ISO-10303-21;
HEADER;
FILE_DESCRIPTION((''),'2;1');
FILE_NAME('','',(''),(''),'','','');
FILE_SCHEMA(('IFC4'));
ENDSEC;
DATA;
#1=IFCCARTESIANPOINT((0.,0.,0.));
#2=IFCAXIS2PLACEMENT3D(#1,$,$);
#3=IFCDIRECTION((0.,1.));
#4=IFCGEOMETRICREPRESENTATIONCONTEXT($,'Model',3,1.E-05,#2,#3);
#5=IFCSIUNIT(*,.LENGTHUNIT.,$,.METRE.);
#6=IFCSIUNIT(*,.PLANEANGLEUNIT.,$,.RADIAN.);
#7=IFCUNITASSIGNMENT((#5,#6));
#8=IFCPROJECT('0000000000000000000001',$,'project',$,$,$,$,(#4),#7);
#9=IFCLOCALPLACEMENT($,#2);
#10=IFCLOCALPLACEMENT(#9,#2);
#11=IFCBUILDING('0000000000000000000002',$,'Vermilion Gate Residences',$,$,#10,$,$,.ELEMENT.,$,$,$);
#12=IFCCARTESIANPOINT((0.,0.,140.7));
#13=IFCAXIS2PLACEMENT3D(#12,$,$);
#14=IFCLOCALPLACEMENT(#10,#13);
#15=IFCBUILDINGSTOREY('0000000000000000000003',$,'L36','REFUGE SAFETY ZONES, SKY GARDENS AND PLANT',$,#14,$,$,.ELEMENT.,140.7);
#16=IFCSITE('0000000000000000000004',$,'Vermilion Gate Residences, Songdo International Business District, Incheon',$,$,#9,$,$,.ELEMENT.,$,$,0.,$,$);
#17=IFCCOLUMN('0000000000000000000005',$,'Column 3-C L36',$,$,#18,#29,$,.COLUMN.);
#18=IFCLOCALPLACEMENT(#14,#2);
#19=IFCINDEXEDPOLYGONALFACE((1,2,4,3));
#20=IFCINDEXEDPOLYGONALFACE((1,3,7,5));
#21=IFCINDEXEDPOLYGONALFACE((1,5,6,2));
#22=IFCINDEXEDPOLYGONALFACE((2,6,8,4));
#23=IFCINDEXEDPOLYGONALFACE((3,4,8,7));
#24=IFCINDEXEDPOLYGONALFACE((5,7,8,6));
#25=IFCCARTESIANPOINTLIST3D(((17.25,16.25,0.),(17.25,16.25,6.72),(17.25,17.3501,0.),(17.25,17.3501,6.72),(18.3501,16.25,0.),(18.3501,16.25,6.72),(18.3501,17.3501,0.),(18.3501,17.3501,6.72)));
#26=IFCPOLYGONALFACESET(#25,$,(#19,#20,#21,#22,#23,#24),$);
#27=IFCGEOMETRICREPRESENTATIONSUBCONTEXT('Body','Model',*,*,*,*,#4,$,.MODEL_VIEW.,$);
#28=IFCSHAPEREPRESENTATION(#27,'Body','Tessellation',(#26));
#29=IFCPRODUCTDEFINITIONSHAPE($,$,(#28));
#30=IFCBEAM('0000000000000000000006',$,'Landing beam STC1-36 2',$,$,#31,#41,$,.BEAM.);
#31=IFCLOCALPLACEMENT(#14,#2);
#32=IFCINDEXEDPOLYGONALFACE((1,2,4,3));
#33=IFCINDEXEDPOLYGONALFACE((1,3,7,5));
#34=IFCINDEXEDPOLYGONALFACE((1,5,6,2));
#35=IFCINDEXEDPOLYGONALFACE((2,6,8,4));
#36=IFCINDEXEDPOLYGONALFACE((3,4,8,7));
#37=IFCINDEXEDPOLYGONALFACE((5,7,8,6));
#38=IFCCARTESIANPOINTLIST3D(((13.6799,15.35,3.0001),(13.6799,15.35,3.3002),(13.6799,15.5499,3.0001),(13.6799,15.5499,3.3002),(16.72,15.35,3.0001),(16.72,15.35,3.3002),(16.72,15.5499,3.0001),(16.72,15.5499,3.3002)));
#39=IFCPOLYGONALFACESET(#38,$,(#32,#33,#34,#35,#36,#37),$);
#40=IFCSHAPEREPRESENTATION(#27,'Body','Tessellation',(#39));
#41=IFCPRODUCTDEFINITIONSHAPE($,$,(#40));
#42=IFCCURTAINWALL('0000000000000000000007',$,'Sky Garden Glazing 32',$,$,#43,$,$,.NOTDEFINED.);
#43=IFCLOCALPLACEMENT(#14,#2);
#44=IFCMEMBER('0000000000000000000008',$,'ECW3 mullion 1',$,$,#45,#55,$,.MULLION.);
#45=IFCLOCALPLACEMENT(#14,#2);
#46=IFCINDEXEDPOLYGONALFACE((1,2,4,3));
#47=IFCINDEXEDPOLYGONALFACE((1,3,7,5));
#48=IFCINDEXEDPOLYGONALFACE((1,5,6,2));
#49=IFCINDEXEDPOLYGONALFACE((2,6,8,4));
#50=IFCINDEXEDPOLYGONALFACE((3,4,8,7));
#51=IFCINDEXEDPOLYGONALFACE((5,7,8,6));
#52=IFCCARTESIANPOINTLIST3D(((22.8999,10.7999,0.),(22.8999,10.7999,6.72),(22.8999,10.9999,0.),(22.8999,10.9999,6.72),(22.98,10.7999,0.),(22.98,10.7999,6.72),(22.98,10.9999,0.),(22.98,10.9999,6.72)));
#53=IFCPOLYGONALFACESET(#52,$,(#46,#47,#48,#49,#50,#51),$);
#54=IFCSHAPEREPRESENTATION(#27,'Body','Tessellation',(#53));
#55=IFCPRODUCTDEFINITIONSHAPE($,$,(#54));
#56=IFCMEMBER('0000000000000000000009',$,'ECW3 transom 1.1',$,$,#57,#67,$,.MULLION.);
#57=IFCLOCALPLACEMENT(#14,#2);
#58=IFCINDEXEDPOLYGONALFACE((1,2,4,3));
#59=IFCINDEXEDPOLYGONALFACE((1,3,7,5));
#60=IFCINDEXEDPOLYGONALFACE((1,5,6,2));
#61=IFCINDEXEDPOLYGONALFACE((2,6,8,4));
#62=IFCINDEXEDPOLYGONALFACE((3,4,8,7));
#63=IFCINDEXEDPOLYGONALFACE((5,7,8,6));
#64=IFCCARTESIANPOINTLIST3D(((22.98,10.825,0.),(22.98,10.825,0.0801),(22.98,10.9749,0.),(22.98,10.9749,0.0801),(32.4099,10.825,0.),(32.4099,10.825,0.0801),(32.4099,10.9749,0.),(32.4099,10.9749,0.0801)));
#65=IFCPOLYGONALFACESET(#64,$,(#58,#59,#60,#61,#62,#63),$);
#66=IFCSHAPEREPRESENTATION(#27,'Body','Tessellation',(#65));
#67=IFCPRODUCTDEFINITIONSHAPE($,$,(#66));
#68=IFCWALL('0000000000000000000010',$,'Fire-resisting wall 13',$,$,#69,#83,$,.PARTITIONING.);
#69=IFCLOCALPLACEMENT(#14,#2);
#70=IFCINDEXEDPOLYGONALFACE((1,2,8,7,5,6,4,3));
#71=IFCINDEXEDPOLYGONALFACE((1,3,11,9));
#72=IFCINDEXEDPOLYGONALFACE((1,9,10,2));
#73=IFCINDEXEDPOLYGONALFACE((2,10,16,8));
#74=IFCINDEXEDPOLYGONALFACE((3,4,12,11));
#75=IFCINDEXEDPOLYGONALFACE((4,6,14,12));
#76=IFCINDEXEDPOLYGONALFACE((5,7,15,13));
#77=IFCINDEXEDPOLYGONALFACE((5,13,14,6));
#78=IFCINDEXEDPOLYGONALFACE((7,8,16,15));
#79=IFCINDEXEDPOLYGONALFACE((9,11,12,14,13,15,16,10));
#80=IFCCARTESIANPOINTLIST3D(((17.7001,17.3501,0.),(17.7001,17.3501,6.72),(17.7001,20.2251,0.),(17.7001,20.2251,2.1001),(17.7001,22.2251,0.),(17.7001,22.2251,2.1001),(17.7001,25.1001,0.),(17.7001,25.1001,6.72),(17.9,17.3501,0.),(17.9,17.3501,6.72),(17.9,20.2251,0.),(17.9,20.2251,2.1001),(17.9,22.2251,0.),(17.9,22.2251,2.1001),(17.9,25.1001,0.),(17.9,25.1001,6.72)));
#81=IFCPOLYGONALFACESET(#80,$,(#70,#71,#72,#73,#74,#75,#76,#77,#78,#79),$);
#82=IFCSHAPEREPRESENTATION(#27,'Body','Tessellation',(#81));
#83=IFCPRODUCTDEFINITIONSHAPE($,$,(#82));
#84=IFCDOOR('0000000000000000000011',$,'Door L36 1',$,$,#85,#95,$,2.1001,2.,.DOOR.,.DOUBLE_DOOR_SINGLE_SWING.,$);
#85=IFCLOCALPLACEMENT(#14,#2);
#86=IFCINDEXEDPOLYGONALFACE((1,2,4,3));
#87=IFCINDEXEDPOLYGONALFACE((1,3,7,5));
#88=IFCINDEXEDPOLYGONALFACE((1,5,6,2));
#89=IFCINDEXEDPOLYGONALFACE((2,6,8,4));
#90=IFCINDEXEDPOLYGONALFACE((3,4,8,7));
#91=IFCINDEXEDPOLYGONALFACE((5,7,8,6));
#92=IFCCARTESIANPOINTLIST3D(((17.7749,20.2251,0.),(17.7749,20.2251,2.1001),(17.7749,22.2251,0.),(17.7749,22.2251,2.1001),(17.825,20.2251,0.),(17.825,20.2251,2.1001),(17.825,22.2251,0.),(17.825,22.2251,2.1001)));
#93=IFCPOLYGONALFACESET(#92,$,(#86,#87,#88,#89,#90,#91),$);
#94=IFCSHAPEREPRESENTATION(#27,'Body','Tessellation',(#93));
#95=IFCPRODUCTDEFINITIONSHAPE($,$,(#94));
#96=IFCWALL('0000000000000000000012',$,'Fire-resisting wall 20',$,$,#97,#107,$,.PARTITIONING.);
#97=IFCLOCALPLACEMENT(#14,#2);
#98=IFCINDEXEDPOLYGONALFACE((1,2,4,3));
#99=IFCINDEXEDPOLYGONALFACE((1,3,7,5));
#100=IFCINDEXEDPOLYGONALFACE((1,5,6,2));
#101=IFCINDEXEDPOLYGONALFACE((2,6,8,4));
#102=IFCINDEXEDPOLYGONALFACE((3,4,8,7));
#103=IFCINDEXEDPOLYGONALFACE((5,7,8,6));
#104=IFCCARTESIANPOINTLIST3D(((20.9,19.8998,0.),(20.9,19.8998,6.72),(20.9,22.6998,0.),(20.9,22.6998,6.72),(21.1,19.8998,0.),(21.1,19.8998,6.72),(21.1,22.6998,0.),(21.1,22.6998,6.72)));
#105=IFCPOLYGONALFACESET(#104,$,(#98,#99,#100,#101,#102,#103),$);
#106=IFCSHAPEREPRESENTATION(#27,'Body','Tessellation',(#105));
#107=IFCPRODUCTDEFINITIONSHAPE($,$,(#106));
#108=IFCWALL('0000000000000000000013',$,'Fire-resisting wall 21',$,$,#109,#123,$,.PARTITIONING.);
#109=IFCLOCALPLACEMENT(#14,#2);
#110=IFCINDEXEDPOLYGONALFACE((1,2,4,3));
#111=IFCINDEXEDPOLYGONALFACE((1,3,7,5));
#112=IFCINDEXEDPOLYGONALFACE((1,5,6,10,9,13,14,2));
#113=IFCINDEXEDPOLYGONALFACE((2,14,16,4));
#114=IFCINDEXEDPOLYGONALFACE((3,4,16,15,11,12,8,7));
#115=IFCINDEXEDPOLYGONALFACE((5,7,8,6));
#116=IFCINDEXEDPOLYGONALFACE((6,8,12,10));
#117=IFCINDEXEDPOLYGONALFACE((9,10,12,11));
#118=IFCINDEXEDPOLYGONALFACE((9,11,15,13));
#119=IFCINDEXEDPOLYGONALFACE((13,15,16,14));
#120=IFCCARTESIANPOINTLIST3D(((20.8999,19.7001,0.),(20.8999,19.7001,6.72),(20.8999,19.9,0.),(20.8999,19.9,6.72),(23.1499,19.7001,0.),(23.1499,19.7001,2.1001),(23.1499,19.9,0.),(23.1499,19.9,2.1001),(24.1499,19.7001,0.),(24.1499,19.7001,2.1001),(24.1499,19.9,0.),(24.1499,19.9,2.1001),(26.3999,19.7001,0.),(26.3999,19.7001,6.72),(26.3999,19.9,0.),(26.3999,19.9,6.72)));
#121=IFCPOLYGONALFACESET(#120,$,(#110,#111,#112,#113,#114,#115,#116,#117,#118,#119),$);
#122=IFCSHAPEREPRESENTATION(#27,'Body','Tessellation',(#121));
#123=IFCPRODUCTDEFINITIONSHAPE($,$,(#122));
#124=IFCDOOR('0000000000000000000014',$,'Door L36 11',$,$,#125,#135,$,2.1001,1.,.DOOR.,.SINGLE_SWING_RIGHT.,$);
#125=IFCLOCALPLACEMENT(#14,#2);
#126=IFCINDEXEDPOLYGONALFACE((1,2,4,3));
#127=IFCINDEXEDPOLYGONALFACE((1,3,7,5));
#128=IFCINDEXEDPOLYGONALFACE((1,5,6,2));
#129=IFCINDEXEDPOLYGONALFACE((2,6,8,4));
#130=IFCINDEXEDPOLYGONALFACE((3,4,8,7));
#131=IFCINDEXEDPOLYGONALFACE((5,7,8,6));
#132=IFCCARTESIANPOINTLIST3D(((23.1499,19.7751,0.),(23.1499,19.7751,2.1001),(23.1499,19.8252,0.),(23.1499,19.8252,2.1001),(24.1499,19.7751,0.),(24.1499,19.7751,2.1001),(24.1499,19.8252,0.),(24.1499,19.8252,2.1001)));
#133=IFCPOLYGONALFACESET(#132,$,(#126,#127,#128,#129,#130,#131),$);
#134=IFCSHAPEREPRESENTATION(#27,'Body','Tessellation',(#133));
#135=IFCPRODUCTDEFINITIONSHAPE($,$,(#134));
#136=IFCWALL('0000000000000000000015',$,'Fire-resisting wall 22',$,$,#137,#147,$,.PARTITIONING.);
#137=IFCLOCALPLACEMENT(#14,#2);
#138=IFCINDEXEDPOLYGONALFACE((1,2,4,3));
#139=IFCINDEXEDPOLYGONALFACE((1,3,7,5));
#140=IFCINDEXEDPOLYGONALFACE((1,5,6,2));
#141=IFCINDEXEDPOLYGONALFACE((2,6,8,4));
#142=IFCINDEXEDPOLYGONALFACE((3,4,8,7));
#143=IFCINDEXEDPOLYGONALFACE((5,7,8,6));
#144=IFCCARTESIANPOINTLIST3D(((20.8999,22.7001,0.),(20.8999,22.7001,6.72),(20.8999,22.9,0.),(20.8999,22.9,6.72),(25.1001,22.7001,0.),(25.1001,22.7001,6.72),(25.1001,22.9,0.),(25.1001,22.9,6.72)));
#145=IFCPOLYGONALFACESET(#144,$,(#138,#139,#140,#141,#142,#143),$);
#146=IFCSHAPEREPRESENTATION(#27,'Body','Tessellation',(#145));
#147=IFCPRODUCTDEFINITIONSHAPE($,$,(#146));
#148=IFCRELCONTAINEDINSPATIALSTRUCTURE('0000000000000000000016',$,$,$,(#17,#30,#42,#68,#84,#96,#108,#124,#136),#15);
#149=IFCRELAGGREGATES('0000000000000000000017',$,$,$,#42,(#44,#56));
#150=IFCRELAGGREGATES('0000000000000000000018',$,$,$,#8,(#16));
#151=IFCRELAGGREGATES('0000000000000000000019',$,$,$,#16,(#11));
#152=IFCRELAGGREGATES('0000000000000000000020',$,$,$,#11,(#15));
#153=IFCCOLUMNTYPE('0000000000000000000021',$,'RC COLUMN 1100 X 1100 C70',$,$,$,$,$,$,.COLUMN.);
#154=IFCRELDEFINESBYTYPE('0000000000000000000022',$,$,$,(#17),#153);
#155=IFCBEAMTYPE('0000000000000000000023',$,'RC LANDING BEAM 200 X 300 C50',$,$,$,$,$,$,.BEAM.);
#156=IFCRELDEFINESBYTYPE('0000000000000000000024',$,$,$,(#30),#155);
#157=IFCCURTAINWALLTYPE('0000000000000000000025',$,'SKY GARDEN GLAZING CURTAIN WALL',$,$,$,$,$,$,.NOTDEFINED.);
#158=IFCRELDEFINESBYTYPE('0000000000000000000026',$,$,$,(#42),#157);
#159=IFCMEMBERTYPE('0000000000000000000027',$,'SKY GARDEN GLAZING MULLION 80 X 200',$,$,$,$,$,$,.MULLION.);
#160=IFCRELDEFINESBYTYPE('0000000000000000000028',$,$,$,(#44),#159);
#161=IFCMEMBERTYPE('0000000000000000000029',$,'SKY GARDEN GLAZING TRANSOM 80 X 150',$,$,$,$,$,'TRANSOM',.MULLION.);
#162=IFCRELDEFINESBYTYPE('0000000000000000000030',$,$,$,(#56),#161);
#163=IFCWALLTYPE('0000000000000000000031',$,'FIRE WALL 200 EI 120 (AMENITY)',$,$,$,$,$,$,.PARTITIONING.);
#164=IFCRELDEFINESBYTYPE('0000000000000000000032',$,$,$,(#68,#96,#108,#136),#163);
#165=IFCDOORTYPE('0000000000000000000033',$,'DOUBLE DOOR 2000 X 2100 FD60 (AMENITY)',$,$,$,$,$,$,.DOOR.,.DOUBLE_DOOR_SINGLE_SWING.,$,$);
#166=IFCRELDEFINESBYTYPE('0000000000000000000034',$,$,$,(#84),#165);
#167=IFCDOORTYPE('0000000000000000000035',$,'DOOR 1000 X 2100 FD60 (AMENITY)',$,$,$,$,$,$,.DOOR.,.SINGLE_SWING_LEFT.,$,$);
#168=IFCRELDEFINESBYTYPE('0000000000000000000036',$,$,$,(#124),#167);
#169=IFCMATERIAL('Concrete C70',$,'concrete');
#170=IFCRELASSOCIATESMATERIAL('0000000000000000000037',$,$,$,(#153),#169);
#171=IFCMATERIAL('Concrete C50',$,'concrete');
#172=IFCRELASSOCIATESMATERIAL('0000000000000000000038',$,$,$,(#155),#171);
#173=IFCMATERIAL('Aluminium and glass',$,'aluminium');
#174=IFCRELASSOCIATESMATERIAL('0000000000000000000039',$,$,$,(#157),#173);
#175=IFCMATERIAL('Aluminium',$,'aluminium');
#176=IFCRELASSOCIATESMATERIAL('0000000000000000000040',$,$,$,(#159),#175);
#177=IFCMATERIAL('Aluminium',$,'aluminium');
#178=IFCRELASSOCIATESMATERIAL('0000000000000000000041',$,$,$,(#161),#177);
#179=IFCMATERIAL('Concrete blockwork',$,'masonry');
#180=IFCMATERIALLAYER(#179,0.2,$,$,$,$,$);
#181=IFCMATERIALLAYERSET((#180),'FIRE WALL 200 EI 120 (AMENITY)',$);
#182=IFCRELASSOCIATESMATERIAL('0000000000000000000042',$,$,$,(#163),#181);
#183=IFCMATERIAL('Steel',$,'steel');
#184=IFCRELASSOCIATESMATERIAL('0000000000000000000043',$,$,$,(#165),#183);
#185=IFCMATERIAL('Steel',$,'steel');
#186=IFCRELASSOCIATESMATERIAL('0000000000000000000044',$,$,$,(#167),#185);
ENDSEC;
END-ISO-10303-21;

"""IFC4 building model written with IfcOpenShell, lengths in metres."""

from ifc_helpers import new_model, si_unit, direction, frame, frame_2d, origin, origin_2d, place, context, subcontext, project, spatial, rectangle, extrude, material, layer, layer_set, material_profile, profile_set, type_object, element, fill, aggregate, save


model = new_model("IFC4")

# Units and contexts
model_context = context("Model", 3, precision=1e-05, world=origin(), true_north=direction((0.0, 1.0)))
body_context = subcontext(model_context, "Body", "Model", "MODEL_VIEW")
ifc_project = project(units=[si_unit("LENGTHUNIT", "METRE"), si_unit("PLANEANGLEUNIT", "RADIAN")], contexts=[model_context])

# Site, building, storey
site_placement = place(None, origin())
site = spatial("IfcSite", under=ifc_project, at=site_placement, Name="Vermilion Gate Residences, Songdo International Business District, Incheon", CompositionType="ELEMENT", RefElevation=0.0)
building_placement = place(site_placement, origin())
building = spatial("IfcBuilding", under=site, at=building_placement, Name="Vermilion Gate Residences", CompositionType="ELEMENT")
storey_placement = place(building_placement, frame((0.0, 0.0, 140.7)))
storey = spatial("IfcBuildingStorey", under=building, at=storey_placement, Name="L36", Description="REFUGE SAFETY ZONES, SKY GARDENS AND PLANT", CompositionType="ELEMENT", Elevation=140.7)

# Column
ifc_material_1 = material(Name="Concrete C70", Category="concrete")
ifc_material_profile_1 = material_profile(ifc_material_1, rectangle(XDim=1.1001, YDim=1.1001, at=origin_2d()), Name="RC-1100x1100")
ifc_profile_set_1 = profile_set([ifc_material_profile_1], Name="Concrete C70")
column_type = type_object("IfcColumnType", Name="RC COLUMN 1100 X 1100 C70", PredefinedType="COLUMN", material=ifc_profile_set_1)
column_placement = place(storey_placement, frame((17.8, 16.8, 0.0), z_axis=(0.0, 0.0, 1.0), x_axis=(1.0, 0.0, 0.0)))
element("IfcColumn", 1, at=column_placement, inside=storey, type_object=column_type, Name="Column 3-C L36", PredefinedType="COLUMN", context=body_context, shape_type="SweptSolid", body=[
    extrude(rectangle(XDim=1.1001, YDim=1.1001, at=origin_2d()), origin(), (0.0, 0.0, 1.0), 6.72),
])

# Beam
ifc_material_2 = material(Name="Concrete C50", Category="concrete")
ifc_material_profile_2 = material_profile(ifc_material_2, rectangle(XDim=0.2, YDim=0.3, at=origin_2d()), Name="RC-200x300")
ifc_profile_set_2 = profile_set([ifc_material_profile_2], Name="Concrete C50")
beam_type = type_object("IfcBeamType", Name="RC LANDING BEAM 200 X 300 C50", PredefinedType="BEAM", material=ifc_profile_set_2)
beam_placement = place(storey_placement, frame((13.6799, 15.45, 3.1501), z_axis=(1.0, 0.0, 0.0), x_axis=(0.0, 1.0, 0.0)))
element("IfcBeam", 2, at=beam_placement, inside=storey, type_object=beam_type, Name="Landing beam STC1-36 2", PredefinedType="BEAM", context=body_context, shape_type="SweptSolid", body=[
    extrude(rectangle(XDim=0.2, YDim=0.3, at=origin_2d()), origin(), (0.0, 0.0, 1.0), 3.04),
])

# Curtain wall, members
ifc_material_3 = material(Name="Aluminium and glass", Category="aluminium")
curtain_wall_type = type_object("IfcCurtainWallType", Name="SKY GARDEN GLAZING CURTAIN WALL", PredefinedType="NOTDEFINED", material=ifc_material_3)
curtain_wall_placement = place(storey_placement, origin())
curtain_wall = element("IfcCurtainWall", 3, at=curtain_wall_placement, inside=storey, type_object=curtain_wall_type, Name="Sky Garden Glazing 32", PredefinedType="NOTDEFINED")
ifc_material_4 = material(Name="Aluminium", Category="aluminium")
ifc_material_profile_3 = material_profile(ifc_material_4, rectangle(XDim=0.2, YDim=0.0801, at=origin_2d()), Name="MULLION 80 X 200")
ifc_profile_set_3 = profile_set([ifc_material_profile_3], Name="Aluminium")
member_type_1 = type_object("IfcMemberType", Name="SKY GARDEN GLAZING MULLION 80 X 200", PredefinedType="MULLION", material=ifc_profile_set_3)
member_1_placement = place(storey_placement, frame((22.9399, 10.8999, 0.0), z_axis=(0.0, 0.0, 1.0), x_axis=(0.0, 1.0, 0.0)))
member_1 = element("IfcMember", 4, at=member_1_placement, type_object=member_type_1, Name="ECW3 mullion 1", PredefinedType="MULLION", context=body_context, shape_type="SweptSolid", body=[
    extrude(rectangle(XDim=0.2, YDim=0.0801, at=origin_2d()), origin(), (0.0, 0.0, 1.0), 6.72),
])
ifc_material_5 = material(Name="Aluminium", Category="aluminium")
ifc_material_profile_4 = material_profile(ifc_material_5, rectangle(XDim=0.1499, YDim=0.0801, at=origin_2d()), Name="TRANSOM 80 X 150")
ifc_profile_set_4 = profile_set([ifc_material_profile_4], Name="Aluminium")
member_type_2 = type_object("IfcMemberType", Name="SKY GARDEN GLAZING TRANSOM 80 X 150", ElementType="TRANSOM", PredefinedType="MULLION", material=ifc_profile_set_4)
member_2_placement = place(storey_placement, frame((22.98, 10.8999, 0.04), z_axis=(1.0, 0.0, 0.0), x_axis=(0.0, 1.0, 0.0)))
member_2 = element("IfcMember", 5, at=member_2_placement, type_object=member_type_2, Name="ECW3 transom 1.1", PredefinedType="MULLION", context=body_context, shape_type="SweptSolid", body=[
    extrude(rectangle(XDim=0.1499, YDim=0.0801, at=origin_2d()), origin(), (0.0, 0.0, 1.0), 9.4299),
])
aggregate(curtain_wall, [member_1, member_2])

# Wall, opening, door
ifc_material_6 = material(Name="Concrete blockwork", Category="masonry")
ifc_layer_1 = layer(ifc_material_6, 0.2)
ifc_layer_set_1 = layer_set([ifc_layer_1], Name="FIRE WALL 200 EI 120 (AMENITY)")
wall_type_1 = type_object("IfcWallType", Name="FIRE WALL 200 EI 120 (AMENITY)", PredefinedType="PARTITIONING", material=ifc_layer_set_1)
wall_1_placement = place(storey_placement, frame((17.8, 17.3501, 0.0), z_axis=(0.0, 0.0, 1.0), x_axis=(0.0, 1.0, 0.0)))
wall_1 = element("IfcWall", 6, at=wall_1_placement, inside=storey, type_object=wall_type_1, Name="Fire-resisting wall 13", PredefinedType="PARTITIONING", context=body_context, shape_type="SweptSolid", body=[
    extrude(rectangle(XDim=7.75, YDim=0.2, at=frame_2d((3.875, 0.0))), origin(), (0.0, 0.0, 1.0), 6.72),
])
opening_1_placement = place(wall_1_placement, frame((2.875, 0.0, 0.0)))
opening_1 = element("IfcOpeningElement", 7, at=opening_1_placement, cuts=wall_1, PredefinedType="OPENING", context=body_context, shape_type="SweptSolid", body=[
    extrude(rectangle(XDim=2.0, YDim=2.1001, at=frame_2d((1.0, 1.05))), frame((0.0, 0.1099, 0.0), z_axis=(0.0, -1.0, 0.0), x_axis=(1.0, 0.0, 0.0)), (0.0, 0.0, 1.0), 0.22),
])
ifc_material_7 = material(Name="Steel", Category="steel")
door_type_1 = type_object("IfcDoorType", Name="DOUBLE DOOR 2000 X 2100 FD60 (AMENITY)", OperationType="DOUBLE_DOOR_SINGLE_SWING", PredefinedType="DOOR", material=ifc_material_7)
door_1_placement = place(opening_1_placement, frame((2.0, 0.0, 0.0), z_axis=(0.0, 0.0, 1.0), x_axis=(-1.0, 0.0, 0.0)))
door_1 = element("IfcDoor", 8, at=door_1_placement, inside=storey, type_object=door_type_1, Name="Door L36 1", OperationType="DOUBLE_DOOR_SINGLE_SWING", OverallHeight=2.1001, OverallWidth=2.0, PredefinedType="DOOR", context=body_context, shape_type="SweptSolid", body=[
    extrude(rectangle(XDim=2.0, YDim=2.1001, at=frame_2d((1.0, 1.05))), frame((0.0, 0.0249, 0.0), z_axis=(0.0, -1.0, 0.0), x_axis=(1.0, 0.0, 0.0)), (0.0, 0.0, 1.0), 0.05),
])
fill(opening_1, door_1)

# Wall
wall_2_placement = place(storey_placement, frame((21.0, 19.8999, 0.0), z_axis=(0.0, 0.0, 1.0), x_axis=(0.0, 1.0, 0.0)))
element("IfcWall", 9, at=wall_2_placement, inside=storey, type_object=wall_type_1, Name="Fire-resisting wall 20", PredefinedType="PARTITIONING", context=body_context, shape_type="SweptSolid", body=[
    extrude(rectangle(XDim=2.8, YDim=0.2, at=frame_2d((1.3999, 0.0))), origin(), (0.0, 0.0, 1.0), 6.72),
])

# Wall, opening, door
wall_3_placement = place(storey_placement, frame((20.8999, 19.8, 0.0), z_axis=(0.0, 0.0, 1.0), x_axis=(1.0, 0.0, 0.0)))
wall_3 = element("IfcWall", 10, at=wall_3_placement, inside=storey, type_object=wall_type_1, Name="Fire-resisting wall 21", PredefinedType="PARTITIONING", context=body_context, shape_type="SweptSolid", body=[
    extrude(rectangle(XDim=5.5, YDim=0.2, at=frame_2d((2.75, 0.0))), origin(), (0.0, 0.0, 1.0), 6.72),
])
opening_2_placement = place(wall_3_placement, frame((2.25, 0.0, 0.0)))
opening_2 = element("IfcOpeningElement", 11, at=opening_2_placement, cuts=wall_3, PredefinedType="OPENING", context=body_context, shape_type="SweptSolid", body=[
    extrude(rectangle(XDim=1.0, YDim=2.1001, at=frame_2d((0.5, 1.05))), frame((0.0, 0.1099, 0.0), z_axis=(0.0, -1.0, 0.0), x_axis=(1.0, 0.0, 0.0)), (0.0, 0.0, 1.0), 0.22),
])
ifc_material_8 = material(Name="Steel", Category="steel")
door_type_2 = type_object("IfcDoorType", Name="DOOR 1000 X 2100 FD60 (AMENITY)", OperationType="SINGLE_SWING_LEFT", PredefinedType="DOOR", material=ifc_material_8)
door_2_placement = place(opening_2_placement, frame((1.0, 0.0, 0.0), z_axis=(0.0, 0.0, 1.0), x_axis=(-1.0, 0.0, 0.0)))
door_2 = element("IfcDoor", 12, at=door_2_placement, inside=storey, type_object=door_type_2, Name="Door L36 11", OperationType="SINGLE_SWING_RIGHT", OverallHeight=2.1001, OverallWidth=1.0, PredefinedType="DOOR", context=body_context, shape_type="SweptSolid", body=[
    extrude(rectangle(XDim=1.0, YDim=2.1001, at=frame_2d((0.5, 1.05))), frame((0.0, 0.0249, 0.0), z_axis=(0.0, -1.0, 0.0), x_axis=(1.0, 0.0, 0.0)), (0.0, 0.0, 1.0), 0.05),
])
fill(opening_2, door_2)

# Wall
wall_4_placement = place(storey_placement, frame((20.8999, 22.8, 0.0), z_axis=(0.0, 0.0, 1.0), x_axis=(1.0, 0.0, 0.0)))
element("IfcWall", 13, at=wall_4_placement, inside=storey, type_object=wall_type_1, Name="Fire-resisting wall 22", PredefinedType="PARTITIONING", context=body_context, shape_type="SweptSolid", body=[
    extrude(rectangle(XDim=4.2002, YDim=0.2, at=frame_2d((2.1001, 0.0))), origin(), (0.0, 0.0, 1.0), 6.72),
])

save(model, "model.ifc")
